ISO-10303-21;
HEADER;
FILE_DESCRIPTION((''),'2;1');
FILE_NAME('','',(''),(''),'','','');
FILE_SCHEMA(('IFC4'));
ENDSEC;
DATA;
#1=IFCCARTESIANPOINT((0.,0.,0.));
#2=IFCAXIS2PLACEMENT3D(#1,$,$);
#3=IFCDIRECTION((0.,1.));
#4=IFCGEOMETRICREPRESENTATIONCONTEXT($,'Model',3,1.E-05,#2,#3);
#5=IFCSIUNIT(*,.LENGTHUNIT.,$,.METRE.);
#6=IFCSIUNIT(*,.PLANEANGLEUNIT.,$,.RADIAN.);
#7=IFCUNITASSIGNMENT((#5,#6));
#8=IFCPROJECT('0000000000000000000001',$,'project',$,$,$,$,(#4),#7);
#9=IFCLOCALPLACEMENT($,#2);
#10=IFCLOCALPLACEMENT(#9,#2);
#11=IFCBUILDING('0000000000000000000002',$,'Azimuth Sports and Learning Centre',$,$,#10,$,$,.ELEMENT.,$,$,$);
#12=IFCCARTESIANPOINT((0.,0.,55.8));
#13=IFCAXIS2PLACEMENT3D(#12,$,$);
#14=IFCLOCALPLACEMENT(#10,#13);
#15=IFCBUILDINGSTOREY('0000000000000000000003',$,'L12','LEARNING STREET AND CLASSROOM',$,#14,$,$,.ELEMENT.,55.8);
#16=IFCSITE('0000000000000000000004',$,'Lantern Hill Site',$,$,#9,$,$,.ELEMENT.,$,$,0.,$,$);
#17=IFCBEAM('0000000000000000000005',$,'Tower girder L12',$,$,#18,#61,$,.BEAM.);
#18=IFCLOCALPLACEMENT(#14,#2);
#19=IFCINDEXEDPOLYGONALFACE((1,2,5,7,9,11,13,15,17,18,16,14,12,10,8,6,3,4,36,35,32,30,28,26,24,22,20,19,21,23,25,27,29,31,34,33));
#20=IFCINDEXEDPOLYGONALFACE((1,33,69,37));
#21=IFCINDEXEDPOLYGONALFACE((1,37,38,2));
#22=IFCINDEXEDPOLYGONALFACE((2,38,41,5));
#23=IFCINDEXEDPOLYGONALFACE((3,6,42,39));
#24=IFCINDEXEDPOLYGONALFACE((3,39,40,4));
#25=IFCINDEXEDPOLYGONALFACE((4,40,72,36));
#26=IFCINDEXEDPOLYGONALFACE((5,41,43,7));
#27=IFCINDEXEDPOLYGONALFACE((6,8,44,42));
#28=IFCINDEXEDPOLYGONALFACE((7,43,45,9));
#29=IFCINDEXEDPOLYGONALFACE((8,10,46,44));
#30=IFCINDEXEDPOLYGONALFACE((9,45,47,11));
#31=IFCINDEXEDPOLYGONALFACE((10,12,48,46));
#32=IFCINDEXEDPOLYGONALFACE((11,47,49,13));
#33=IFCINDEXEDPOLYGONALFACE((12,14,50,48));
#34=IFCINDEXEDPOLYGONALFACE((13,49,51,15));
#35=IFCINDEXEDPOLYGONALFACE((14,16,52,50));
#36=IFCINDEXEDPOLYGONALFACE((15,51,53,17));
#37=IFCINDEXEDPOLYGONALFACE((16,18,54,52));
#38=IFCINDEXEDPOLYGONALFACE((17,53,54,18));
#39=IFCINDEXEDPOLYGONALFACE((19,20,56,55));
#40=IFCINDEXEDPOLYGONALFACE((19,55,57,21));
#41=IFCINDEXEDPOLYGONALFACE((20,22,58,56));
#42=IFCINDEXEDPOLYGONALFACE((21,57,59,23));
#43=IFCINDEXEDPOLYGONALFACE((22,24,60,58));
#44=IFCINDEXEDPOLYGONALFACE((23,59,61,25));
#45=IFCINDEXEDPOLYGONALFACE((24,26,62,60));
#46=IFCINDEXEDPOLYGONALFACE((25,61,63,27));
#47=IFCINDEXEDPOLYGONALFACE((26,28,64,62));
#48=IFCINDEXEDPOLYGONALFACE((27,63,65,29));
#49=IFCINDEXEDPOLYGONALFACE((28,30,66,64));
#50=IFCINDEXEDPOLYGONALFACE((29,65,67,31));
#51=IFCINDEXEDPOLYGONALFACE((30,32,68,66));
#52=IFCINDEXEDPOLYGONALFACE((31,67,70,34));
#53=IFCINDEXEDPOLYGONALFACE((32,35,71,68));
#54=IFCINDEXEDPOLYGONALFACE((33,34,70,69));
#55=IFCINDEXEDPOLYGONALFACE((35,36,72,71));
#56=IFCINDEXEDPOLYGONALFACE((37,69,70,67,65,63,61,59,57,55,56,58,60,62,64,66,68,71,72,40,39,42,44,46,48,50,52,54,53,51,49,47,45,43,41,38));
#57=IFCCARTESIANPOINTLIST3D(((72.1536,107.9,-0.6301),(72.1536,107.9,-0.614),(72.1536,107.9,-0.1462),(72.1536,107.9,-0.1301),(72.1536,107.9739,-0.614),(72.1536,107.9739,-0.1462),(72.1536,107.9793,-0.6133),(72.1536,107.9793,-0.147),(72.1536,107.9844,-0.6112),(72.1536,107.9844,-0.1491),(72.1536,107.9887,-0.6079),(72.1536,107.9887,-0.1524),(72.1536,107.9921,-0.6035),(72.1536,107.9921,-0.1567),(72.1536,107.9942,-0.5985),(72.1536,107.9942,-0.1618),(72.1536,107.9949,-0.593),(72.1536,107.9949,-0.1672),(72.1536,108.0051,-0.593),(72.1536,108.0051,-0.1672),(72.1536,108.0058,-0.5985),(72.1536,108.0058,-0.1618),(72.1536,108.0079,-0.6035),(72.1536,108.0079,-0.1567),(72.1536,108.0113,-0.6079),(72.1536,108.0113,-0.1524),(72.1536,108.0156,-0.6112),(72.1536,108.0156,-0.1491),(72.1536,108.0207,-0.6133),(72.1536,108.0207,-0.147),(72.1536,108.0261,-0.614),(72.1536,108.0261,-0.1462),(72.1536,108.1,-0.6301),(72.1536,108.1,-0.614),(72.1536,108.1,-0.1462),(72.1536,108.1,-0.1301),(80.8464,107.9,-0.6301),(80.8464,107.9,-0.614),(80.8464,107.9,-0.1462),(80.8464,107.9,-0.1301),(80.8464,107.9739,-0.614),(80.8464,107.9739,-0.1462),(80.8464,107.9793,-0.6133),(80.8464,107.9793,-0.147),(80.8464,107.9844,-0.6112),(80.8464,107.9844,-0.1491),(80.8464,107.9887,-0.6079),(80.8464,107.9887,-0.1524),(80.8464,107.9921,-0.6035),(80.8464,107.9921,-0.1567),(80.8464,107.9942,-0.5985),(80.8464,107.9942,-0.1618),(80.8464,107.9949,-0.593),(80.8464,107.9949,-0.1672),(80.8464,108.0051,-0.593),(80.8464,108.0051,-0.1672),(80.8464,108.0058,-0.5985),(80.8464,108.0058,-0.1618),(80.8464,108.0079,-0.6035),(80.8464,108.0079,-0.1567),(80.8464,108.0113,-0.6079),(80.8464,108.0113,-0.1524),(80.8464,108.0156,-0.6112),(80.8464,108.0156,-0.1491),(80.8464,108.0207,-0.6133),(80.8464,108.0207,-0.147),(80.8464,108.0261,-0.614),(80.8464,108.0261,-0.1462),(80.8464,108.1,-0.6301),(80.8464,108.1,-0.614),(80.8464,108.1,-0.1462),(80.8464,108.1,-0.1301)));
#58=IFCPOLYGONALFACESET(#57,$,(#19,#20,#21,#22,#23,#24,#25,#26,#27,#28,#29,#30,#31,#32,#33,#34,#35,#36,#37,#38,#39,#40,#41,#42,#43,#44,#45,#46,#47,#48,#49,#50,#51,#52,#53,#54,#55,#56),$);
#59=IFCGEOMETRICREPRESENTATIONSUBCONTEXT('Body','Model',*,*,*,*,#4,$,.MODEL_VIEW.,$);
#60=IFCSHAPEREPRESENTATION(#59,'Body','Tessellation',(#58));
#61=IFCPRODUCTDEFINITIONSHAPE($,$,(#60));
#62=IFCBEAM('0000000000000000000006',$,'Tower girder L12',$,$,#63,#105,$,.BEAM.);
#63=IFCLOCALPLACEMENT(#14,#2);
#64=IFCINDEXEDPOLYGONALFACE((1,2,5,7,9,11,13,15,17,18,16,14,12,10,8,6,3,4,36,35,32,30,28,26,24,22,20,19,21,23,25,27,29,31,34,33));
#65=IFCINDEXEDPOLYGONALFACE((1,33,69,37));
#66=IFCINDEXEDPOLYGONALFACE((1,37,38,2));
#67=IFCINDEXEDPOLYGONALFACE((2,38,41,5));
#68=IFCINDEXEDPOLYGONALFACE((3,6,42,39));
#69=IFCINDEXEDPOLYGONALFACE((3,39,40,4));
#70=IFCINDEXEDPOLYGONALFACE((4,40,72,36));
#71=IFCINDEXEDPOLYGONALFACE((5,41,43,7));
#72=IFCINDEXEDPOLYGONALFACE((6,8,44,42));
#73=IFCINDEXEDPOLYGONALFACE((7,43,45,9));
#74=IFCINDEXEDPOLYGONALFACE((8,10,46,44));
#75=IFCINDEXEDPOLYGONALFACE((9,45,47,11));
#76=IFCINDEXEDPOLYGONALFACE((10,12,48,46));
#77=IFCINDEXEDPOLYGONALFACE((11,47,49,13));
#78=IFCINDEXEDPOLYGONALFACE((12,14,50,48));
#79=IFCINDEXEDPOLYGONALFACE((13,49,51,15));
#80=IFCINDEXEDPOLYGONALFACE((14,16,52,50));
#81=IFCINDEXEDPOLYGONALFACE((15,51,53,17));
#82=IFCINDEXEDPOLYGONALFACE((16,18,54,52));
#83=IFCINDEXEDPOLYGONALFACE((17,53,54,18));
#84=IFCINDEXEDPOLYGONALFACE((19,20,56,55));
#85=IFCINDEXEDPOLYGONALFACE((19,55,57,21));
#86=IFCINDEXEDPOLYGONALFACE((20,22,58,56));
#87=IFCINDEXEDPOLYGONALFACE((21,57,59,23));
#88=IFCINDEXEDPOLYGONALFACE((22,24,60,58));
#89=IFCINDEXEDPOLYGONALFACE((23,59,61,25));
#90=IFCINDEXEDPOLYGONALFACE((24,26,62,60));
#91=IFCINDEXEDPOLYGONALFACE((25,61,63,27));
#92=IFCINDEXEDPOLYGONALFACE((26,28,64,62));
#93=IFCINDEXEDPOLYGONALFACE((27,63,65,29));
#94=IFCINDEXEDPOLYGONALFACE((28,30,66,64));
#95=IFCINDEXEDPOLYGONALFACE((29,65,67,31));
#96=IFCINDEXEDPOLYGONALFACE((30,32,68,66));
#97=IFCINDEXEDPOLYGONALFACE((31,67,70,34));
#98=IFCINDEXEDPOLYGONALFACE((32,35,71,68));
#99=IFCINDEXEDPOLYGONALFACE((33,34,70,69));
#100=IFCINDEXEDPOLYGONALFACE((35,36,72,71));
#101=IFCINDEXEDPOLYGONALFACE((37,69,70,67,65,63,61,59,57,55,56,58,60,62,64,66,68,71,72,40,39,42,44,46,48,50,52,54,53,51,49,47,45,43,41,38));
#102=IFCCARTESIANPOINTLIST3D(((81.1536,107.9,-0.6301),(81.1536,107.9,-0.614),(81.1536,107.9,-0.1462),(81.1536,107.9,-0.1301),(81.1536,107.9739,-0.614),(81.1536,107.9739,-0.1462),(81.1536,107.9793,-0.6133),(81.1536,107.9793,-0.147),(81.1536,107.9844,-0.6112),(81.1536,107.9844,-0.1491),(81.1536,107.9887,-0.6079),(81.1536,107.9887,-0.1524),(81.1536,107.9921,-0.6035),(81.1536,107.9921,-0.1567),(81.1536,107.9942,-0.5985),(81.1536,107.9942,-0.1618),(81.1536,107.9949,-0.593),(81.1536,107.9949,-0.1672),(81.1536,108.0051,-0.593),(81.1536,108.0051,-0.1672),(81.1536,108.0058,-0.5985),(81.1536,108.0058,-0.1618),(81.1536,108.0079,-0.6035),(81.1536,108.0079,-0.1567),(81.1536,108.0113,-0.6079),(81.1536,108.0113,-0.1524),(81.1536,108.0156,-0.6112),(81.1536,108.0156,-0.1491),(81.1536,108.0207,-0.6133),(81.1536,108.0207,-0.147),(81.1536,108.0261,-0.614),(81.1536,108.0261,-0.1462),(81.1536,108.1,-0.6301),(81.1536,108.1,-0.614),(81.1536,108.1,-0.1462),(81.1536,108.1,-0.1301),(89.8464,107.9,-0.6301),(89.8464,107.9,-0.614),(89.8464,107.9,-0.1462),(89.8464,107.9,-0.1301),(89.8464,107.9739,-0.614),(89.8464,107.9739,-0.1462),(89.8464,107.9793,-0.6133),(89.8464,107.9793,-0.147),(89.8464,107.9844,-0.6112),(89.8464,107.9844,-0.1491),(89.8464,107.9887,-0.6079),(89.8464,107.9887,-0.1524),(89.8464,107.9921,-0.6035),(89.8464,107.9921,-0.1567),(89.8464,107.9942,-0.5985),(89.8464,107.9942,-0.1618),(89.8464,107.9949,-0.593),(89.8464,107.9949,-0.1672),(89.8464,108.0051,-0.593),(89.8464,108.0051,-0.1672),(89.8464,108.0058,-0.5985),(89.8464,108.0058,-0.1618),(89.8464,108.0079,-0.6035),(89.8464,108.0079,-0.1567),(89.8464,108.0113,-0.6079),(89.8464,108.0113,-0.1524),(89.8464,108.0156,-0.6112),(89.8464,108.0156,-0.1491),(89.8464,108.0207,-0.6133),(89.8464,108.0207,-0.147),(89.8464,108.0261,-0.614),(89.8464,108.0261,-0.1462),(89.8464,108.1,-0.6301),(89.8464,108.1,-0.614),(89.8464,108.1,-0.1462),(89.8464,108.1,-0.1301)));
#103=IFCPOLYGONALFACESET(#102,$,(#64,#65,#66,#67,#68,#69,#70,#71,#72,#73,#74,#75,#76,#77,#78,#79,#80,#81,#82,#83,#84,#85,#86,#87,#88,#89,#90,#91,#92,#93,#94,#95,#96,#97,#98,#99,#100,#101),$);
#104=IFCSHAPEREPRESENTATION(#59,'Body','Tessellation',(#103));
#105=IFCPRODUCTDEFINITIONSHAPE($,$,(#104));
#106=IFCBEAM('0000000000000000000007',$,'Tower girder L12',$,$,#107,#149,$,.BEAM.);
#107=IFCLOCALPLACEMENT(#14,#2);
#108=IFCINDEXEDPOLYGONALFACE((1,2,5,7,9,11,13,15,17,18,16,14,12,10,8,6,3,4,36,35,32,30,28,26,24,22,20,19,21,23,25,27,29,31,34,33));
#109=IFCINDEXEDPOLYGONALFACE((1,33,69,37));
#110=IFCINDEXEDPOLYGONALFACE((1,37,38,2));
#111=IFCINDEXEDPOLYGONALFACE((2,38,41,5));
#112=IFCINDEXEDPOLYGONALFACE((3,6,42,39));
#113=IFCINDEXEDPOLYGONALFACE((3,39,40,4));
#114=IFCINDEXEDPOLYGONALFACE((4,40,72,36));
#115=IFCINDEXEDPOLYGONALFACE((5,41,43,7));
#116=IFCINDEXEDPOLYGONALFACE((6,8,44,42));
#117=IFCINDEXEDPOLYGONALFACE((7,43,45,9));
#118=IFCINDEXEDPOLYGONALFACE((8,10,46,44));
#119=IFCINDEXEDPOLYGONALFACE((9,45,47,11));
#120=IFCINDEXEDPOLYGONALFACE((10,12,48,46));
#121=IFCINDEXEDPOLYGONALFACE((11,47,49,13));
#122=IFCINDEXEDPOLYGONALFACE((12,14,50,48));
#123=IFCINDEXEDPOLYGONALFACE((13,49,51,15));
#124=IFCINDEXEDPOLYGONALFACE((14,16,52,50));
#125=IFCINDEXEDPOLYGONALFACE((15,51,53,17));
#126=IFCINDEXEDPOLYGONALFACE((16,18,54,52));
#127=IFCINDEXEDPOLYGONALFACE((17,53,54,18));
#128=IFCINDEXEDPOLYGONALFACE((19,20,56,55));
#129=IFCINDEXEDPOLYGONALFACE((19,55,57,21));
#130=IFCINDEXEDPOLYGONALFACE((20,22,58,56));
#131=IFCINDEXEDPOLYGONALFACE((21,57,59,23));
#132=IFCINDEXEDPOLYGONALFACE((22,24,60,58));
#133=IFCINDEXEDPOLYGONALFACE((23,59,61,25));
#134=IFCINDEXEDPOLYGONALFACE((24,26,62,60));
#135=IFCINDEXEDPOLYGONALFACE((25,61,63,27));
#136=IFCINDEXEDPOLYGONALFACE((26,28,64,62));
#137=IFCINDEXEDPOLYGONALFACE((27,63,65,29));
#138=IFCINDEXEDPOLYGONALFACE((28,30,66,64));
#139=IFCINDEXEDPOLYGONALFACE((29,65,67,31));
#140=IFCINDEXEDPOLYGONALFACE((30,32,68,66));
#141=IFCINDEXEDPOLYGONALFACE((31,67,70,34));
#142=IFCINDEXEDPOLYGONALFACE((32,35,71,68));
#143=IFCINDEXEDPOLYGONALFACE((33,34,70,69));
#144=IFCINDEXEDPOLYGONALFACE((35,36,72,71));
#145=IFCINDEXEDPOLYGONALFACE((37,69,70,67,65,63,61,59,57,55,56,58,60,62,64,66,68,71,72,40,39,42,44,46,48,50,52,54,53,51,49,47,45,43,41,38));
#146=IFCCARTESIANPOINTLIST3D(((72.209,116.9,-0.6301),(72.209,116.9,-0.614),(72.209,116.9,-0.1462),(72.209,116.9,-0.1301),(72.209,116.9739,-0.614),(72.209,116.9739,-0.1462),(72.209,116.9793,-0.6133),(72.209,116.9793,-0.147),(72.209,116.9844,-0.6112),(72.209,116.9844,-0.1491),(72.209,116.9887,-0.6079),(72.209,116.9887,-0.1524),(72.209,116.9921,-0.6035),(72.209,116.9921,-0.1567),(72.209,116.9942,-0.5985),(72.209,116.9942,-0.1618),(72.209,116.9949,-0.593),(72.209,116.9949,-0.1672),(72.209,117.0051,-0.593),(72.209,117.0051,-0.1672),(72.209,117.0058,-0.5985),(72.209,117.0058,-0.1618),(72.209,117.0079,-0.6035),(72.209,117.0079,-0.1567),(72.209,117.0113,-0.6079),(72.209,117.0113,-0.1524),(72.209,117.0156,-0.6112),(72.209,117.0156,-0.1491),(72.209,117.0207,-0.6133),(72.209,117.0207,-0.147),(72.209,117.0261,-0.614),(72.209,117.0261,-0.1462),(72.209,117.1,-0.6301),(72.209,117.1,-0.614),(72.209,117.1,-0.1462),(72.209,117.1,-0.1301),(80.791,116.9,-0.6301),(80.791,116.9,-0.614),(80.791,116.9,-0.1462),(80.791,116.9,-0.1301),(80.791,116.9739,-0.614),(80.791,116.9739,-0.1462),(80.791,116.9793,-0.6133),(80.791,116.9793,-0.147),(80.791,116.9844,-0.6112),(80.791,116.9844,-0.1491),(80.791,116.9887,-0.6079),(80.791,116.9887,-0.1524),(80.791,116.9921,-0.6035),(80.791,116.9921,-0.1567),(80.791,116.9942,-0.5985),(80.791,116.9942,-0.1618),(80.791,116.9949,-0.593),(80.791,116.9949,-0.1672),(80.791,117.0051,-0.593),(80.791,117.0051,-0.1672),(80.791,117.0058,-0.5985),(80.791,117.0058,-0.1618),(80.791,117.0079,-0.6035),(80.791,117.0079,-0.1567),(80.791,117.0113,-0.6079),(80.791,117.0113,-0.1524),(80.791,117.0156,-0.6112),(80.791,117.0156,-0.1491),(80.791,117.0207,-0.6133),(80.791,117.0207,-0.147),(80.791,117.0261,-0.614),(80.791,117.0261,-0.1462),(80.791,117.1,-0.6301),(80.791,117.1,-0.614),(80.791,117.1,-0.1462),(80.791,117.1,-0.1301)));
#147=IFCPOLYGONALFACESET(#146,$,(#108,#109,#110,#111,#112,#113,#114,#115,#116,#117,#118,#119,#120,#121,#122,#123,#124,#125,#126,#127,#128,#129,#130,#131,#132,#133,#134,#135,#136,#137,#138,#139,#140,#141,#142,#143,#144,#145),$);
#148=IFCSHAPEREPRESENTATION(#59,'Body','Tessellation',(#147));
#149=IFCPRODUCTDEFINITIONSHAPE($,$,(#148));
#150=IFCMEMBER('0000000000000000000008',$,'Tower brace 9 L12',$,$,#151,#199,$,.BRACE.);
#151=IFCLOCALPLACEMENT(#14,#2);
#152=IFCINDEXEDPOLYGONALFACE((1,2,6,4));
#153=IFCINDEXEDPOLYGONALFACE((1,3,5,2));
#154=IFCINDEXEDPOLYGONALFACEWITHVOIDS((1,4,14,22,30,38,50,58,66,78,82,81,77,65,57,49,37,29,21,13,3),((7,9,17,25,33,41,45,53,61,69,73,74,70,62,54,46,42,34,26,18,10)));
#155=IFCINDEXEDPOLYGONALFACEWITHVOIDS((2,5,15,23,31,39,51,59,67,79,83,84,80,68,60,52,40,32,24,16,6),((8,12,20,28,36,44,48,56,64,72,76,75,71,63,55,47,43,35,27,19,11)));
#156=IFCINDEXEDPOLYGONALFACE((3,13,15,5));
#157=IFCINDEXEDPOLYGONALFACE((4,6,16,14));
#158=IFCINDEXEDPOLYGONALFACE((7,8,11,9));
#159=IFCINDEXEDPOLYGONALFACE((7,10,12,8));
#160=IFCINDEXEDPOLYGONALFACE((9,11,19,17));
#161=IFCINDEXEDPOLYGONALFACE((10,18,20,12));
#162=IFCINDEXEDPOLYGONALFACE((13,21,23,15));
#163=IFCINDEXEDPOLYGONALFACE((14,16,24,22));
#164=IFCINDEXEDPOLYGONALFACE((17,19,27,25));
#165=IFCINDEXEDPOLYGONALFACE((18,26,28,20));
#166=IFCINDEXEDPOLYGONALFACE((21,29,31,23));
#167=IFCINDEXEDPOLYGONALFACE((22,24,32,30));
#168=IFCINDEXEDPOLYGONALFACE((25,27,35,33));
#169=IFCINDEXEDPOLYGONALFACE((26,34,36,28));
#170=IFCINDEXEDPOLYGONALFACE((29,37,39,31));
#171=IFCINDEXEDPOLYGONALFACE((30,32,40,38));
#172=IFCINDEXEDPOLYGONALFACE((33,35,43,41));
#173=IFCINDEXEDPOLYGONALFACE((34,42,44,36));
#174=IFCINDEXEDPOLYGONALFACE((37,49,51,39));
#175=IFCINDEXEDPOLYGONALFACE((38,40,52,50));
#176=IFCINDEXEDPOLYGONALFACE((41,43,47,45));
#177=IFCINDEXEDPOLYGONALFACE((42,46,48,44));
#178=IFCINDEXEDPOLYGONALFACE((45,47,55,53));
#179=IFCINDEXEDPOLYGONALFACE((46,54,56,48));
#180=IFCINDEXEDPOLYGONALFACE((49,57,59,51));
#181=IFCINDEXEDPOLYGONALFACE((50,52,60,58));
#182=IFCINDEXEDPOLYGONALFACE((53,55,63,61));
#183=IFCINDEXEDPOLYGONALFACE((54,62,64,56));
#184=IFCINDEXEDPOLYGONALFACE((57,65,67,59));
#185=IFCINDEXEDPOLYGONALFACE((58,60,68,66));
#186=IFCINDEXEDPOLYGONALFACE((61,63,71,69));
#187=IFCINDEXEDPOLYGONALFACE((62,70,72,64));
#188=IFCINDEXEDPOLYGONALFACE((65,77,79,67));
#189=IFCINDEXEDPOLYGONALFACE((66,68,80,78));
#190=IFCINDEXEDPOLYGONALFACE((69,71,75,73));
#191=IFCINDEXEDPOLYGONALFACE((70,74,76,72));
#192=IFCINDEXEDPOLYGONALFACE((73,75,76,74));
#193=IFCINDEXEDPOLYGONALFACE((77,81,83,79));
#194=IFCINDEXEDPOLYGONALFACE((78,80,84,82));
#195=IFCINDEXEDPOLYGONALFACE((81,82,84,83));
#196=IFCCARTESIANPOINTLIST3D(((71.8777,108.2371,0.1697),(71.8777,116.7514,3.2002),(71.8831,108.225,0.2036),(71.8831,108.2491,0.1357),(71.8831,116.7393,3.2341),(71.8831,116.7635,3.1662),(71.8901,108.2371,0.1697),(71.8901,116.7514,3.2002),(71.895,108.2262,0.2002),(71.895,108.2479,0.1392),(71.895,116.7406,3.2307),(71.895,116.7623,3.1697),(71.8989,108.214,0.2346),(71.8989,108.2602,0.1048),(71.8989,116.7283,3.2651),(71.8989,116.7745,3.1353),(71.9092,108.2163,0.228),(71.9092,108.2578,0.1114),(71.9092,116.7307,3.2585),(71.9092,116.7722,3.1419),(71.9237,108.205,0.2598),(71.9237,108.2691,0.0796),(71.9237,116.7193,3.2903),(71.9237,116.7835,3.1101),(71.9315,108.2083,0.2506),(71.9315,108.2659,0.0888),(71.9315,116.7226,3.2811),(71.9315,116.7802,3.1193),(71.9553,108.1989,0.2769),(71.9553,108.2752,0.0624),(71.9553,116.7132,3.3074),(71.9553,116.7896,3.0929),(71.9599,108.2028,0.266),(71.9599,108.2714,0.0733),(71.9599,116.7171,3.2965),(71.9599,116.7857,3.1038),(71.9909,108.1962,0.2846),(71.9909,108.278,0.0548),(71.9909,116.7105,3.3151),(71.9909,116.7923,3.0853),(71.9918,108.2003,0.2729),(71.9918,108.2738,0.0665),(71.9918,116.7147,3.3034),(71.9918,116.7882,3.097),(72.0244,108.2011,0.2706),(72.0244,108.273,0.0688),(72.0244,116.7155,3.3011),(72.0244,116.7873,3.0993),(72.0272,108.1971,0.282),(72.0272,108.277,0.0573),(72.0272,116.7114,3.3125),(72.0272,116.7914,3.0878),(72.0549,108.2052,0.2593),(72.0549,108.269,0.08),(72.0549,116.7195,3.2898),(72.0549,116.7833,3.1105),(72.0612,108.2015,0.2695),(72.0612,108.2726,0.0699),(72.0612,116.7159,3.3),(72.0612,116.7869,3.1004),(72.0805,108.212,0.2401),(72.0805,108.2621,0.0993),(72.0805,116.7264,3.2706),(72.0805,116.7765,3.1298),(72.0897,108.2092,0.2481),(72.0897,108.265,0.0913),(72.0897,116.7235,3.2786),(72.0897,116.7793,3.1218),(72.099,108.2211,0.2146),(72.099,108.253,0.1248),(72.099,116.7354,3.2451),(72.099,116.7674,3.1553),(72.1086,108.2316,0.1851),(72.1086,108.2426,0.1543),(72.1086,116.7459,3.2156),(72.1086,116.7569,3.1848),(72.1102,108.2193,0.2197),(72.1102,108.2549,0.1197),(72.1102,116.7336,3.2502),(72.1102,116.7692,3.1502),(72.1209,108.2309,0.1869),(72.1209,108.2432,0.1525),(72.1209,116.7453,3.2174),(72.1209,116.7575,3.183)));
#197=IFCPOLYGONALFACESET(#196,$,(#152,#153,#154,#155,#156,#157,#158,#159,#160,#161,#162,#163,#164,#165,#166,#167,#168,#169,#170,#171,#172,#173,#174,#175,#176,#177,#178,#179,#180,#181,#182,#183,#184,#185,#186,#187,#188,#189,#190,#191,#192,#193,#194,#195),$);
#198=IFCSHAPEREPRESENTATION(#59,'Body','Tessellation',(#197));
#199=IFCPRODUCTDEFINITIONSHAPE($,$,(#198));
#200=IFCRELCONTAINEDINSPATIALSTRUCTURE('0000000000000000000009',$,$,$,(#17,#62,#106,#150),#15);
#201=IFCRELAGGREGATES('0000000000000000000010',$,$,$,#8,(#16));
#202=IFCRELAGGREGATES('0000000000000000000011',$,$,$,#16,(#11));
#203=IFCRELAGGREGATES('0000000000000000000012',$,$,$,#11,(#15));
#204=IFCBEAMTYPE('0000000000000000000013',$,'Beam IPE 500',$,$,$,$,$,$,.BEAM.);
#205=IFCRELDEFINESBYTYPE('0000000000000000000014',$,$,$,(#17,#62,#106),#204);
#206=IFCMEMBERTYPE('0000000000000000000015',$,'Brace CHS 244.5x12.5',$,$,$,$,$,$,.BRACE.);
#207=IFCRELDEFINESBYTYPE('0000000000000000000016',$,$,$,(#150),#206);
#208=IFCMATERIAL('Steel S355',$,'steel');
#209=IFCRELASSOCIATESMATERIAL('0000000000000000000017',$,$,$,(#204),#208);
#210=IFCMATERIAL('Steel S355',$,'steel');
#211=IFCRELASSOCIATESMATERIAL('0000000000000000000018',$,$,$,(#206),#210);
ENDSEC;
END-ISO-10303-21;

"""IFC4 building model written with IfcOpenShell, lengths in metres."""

from ifc_helpers import new_model, si_unit, direction, frame, origin, origin_2d, place, context, subcontext, project, spatial, hollow_circle, i_section, extrude, material, material_profile, profile_set, type_object, element, save


model = new_model("IFC4")

# Units and contexts
model_context = context("Model", 3, precision=1e-05, world=origin(), true_north=direction((0.0, 1.0)))
body_context = subcontext(model_context, "Body", "Model", "MODEL_VIEW")
ifc_project = project(units=[si_unit("LENGTHUNIT", "METRE"), si_unit("PLANEANGLEUNIT", "RADIAN")], contexts=[model_context])

# Site, building, storey
site_placement = place(None, origin())
site = spatial("IfcSite", under=ifc_project, at=site_placement, Name="Lantern Hill Site", CompositionType="ELEMENT", RefElevation=0.0)
building_placement = place(site_placement, origin())
building = spatial("IfcBuilding", under=site, at=building_placement, Name="Azimuth Sports and Learning Centre", CompositionType="ELEMENT")
storey_placement = place(building_placement, frame((0.0, 0.0, 55.8)))
storey = spatial("IfcBuildingStorey", under=building, at=storey_placement, Name="L12", Description="LEARNING STREET AND CLASSROOM", CompositionType="ELEMENT", Elevation=55.8)

# Beams
ifc_material_1 = material(Name="Steel S355", Category="steel")
ifc_material_profile_1 = material_profile(ifc_material_1, i_section(OverallWidth=0.2, OverallDepth=0.5, WebThickness=0.0103, FlangeThickness=0.0161, FilletRadius=0.021, at=origin_2d()), Name="IPE 500")
ifc_profile_set_1 = profile_set([ifc_material_profile_1], Name="Steel S355")
beam_type_1 = type_object("IfcBeamType", Name="Beam IPE 500", PredefinedType="BEAM", material=ifc_profile_set_1)
for number, where, z_axis, x_axis, name in (
    (1, (72.1536, 108.0, -0.3801), (1.0, 0.0, 0.0), (0.0, 1.0, 0.0), "Tower girder L12"),
    (2, (81.1536, 108.0, -0.3801), (1.0, 0.0, 0.0), (0.0, 1.0, 0.0), "Tower girder L12"),
):
    element("IfcBeam", number, at=place(storey_placement, frame(where, z_axis=z_axis, x_axis=x_axis)), inside=storey, type_object=beam_type_1, Name=name, PredefinedType="BEAM", context=body_context, shape_type="SweptSolid", body=[
        extrude(i_section(OverallWidth=0.2, OverallDepth=0.5, WebThickness=0.0103, FlangeThickness=0.0161, FilletRadius=0.021, at=origin_2d()), origin(), (0.0, 0.0, 1.0), 8.6929),
    ])
beam_1_placement = place(storey_placement, frame((72.209, 117.0, -0.3801), z_axis=(1.0, 0.0, 0.0), x_axis=(0.0, 1.0, 0.0)))
element("IfcBeam", 3, at=beam_1_placement, inside=storey, type_object=beam_type_1, Name="Tower girder L12", PredefinedType="BEAM", context=body_context, shape_type="SweptSolid", body=[
    extrude(i_section(OverallWidth=0.2, OverallDepth=0.5, WebThickness=0.0103, FlangeThickness=0.0161, FilletRadius=0.021, at=origin_2d()), origin(), (0.0, 0.0, 1.0), 8.582),
])

# Member
ifc_material_2 = material(Name="Steel S355", Category="steel")
ifc_material_profile_2 = material_profile(ifc_material_2, hollow_circle(Radius=0.1223, WallThickness=0.0125, at=origin_2d()), Name="CHS 244.5x12.5")
ifc_profile_set_2 = profile_set([ifc_material_profile_2], Name="Steel S355")
member_type = type_object("IfcMemberType", Name="Brace CHS 244.5x12.5", PredefinedType="BRACE", material=ifc_profile_set_2)
member_placement = place(storey_placement, frame((72.0, 108.2371, 0.1697), z_axis=(0.0, 0.942104, 0.335321), x_axis=(-1.0, 0.0, 0.0)))
element("IfcMember", 4, at=member_placement, inside=storey, type_object=member_type, Name="Tower brace 9 L12", PredefinedType="BRACE", context=body_context, shape_type="SweptSolid", body=[
    extrude(hollow_circle(Radius=0.1223, WallThickness=0.0125, at=origin_2d()), origin(), (0.0, 0.0, 1.0), 9.0376),
])

save(model, "model.ifc")
